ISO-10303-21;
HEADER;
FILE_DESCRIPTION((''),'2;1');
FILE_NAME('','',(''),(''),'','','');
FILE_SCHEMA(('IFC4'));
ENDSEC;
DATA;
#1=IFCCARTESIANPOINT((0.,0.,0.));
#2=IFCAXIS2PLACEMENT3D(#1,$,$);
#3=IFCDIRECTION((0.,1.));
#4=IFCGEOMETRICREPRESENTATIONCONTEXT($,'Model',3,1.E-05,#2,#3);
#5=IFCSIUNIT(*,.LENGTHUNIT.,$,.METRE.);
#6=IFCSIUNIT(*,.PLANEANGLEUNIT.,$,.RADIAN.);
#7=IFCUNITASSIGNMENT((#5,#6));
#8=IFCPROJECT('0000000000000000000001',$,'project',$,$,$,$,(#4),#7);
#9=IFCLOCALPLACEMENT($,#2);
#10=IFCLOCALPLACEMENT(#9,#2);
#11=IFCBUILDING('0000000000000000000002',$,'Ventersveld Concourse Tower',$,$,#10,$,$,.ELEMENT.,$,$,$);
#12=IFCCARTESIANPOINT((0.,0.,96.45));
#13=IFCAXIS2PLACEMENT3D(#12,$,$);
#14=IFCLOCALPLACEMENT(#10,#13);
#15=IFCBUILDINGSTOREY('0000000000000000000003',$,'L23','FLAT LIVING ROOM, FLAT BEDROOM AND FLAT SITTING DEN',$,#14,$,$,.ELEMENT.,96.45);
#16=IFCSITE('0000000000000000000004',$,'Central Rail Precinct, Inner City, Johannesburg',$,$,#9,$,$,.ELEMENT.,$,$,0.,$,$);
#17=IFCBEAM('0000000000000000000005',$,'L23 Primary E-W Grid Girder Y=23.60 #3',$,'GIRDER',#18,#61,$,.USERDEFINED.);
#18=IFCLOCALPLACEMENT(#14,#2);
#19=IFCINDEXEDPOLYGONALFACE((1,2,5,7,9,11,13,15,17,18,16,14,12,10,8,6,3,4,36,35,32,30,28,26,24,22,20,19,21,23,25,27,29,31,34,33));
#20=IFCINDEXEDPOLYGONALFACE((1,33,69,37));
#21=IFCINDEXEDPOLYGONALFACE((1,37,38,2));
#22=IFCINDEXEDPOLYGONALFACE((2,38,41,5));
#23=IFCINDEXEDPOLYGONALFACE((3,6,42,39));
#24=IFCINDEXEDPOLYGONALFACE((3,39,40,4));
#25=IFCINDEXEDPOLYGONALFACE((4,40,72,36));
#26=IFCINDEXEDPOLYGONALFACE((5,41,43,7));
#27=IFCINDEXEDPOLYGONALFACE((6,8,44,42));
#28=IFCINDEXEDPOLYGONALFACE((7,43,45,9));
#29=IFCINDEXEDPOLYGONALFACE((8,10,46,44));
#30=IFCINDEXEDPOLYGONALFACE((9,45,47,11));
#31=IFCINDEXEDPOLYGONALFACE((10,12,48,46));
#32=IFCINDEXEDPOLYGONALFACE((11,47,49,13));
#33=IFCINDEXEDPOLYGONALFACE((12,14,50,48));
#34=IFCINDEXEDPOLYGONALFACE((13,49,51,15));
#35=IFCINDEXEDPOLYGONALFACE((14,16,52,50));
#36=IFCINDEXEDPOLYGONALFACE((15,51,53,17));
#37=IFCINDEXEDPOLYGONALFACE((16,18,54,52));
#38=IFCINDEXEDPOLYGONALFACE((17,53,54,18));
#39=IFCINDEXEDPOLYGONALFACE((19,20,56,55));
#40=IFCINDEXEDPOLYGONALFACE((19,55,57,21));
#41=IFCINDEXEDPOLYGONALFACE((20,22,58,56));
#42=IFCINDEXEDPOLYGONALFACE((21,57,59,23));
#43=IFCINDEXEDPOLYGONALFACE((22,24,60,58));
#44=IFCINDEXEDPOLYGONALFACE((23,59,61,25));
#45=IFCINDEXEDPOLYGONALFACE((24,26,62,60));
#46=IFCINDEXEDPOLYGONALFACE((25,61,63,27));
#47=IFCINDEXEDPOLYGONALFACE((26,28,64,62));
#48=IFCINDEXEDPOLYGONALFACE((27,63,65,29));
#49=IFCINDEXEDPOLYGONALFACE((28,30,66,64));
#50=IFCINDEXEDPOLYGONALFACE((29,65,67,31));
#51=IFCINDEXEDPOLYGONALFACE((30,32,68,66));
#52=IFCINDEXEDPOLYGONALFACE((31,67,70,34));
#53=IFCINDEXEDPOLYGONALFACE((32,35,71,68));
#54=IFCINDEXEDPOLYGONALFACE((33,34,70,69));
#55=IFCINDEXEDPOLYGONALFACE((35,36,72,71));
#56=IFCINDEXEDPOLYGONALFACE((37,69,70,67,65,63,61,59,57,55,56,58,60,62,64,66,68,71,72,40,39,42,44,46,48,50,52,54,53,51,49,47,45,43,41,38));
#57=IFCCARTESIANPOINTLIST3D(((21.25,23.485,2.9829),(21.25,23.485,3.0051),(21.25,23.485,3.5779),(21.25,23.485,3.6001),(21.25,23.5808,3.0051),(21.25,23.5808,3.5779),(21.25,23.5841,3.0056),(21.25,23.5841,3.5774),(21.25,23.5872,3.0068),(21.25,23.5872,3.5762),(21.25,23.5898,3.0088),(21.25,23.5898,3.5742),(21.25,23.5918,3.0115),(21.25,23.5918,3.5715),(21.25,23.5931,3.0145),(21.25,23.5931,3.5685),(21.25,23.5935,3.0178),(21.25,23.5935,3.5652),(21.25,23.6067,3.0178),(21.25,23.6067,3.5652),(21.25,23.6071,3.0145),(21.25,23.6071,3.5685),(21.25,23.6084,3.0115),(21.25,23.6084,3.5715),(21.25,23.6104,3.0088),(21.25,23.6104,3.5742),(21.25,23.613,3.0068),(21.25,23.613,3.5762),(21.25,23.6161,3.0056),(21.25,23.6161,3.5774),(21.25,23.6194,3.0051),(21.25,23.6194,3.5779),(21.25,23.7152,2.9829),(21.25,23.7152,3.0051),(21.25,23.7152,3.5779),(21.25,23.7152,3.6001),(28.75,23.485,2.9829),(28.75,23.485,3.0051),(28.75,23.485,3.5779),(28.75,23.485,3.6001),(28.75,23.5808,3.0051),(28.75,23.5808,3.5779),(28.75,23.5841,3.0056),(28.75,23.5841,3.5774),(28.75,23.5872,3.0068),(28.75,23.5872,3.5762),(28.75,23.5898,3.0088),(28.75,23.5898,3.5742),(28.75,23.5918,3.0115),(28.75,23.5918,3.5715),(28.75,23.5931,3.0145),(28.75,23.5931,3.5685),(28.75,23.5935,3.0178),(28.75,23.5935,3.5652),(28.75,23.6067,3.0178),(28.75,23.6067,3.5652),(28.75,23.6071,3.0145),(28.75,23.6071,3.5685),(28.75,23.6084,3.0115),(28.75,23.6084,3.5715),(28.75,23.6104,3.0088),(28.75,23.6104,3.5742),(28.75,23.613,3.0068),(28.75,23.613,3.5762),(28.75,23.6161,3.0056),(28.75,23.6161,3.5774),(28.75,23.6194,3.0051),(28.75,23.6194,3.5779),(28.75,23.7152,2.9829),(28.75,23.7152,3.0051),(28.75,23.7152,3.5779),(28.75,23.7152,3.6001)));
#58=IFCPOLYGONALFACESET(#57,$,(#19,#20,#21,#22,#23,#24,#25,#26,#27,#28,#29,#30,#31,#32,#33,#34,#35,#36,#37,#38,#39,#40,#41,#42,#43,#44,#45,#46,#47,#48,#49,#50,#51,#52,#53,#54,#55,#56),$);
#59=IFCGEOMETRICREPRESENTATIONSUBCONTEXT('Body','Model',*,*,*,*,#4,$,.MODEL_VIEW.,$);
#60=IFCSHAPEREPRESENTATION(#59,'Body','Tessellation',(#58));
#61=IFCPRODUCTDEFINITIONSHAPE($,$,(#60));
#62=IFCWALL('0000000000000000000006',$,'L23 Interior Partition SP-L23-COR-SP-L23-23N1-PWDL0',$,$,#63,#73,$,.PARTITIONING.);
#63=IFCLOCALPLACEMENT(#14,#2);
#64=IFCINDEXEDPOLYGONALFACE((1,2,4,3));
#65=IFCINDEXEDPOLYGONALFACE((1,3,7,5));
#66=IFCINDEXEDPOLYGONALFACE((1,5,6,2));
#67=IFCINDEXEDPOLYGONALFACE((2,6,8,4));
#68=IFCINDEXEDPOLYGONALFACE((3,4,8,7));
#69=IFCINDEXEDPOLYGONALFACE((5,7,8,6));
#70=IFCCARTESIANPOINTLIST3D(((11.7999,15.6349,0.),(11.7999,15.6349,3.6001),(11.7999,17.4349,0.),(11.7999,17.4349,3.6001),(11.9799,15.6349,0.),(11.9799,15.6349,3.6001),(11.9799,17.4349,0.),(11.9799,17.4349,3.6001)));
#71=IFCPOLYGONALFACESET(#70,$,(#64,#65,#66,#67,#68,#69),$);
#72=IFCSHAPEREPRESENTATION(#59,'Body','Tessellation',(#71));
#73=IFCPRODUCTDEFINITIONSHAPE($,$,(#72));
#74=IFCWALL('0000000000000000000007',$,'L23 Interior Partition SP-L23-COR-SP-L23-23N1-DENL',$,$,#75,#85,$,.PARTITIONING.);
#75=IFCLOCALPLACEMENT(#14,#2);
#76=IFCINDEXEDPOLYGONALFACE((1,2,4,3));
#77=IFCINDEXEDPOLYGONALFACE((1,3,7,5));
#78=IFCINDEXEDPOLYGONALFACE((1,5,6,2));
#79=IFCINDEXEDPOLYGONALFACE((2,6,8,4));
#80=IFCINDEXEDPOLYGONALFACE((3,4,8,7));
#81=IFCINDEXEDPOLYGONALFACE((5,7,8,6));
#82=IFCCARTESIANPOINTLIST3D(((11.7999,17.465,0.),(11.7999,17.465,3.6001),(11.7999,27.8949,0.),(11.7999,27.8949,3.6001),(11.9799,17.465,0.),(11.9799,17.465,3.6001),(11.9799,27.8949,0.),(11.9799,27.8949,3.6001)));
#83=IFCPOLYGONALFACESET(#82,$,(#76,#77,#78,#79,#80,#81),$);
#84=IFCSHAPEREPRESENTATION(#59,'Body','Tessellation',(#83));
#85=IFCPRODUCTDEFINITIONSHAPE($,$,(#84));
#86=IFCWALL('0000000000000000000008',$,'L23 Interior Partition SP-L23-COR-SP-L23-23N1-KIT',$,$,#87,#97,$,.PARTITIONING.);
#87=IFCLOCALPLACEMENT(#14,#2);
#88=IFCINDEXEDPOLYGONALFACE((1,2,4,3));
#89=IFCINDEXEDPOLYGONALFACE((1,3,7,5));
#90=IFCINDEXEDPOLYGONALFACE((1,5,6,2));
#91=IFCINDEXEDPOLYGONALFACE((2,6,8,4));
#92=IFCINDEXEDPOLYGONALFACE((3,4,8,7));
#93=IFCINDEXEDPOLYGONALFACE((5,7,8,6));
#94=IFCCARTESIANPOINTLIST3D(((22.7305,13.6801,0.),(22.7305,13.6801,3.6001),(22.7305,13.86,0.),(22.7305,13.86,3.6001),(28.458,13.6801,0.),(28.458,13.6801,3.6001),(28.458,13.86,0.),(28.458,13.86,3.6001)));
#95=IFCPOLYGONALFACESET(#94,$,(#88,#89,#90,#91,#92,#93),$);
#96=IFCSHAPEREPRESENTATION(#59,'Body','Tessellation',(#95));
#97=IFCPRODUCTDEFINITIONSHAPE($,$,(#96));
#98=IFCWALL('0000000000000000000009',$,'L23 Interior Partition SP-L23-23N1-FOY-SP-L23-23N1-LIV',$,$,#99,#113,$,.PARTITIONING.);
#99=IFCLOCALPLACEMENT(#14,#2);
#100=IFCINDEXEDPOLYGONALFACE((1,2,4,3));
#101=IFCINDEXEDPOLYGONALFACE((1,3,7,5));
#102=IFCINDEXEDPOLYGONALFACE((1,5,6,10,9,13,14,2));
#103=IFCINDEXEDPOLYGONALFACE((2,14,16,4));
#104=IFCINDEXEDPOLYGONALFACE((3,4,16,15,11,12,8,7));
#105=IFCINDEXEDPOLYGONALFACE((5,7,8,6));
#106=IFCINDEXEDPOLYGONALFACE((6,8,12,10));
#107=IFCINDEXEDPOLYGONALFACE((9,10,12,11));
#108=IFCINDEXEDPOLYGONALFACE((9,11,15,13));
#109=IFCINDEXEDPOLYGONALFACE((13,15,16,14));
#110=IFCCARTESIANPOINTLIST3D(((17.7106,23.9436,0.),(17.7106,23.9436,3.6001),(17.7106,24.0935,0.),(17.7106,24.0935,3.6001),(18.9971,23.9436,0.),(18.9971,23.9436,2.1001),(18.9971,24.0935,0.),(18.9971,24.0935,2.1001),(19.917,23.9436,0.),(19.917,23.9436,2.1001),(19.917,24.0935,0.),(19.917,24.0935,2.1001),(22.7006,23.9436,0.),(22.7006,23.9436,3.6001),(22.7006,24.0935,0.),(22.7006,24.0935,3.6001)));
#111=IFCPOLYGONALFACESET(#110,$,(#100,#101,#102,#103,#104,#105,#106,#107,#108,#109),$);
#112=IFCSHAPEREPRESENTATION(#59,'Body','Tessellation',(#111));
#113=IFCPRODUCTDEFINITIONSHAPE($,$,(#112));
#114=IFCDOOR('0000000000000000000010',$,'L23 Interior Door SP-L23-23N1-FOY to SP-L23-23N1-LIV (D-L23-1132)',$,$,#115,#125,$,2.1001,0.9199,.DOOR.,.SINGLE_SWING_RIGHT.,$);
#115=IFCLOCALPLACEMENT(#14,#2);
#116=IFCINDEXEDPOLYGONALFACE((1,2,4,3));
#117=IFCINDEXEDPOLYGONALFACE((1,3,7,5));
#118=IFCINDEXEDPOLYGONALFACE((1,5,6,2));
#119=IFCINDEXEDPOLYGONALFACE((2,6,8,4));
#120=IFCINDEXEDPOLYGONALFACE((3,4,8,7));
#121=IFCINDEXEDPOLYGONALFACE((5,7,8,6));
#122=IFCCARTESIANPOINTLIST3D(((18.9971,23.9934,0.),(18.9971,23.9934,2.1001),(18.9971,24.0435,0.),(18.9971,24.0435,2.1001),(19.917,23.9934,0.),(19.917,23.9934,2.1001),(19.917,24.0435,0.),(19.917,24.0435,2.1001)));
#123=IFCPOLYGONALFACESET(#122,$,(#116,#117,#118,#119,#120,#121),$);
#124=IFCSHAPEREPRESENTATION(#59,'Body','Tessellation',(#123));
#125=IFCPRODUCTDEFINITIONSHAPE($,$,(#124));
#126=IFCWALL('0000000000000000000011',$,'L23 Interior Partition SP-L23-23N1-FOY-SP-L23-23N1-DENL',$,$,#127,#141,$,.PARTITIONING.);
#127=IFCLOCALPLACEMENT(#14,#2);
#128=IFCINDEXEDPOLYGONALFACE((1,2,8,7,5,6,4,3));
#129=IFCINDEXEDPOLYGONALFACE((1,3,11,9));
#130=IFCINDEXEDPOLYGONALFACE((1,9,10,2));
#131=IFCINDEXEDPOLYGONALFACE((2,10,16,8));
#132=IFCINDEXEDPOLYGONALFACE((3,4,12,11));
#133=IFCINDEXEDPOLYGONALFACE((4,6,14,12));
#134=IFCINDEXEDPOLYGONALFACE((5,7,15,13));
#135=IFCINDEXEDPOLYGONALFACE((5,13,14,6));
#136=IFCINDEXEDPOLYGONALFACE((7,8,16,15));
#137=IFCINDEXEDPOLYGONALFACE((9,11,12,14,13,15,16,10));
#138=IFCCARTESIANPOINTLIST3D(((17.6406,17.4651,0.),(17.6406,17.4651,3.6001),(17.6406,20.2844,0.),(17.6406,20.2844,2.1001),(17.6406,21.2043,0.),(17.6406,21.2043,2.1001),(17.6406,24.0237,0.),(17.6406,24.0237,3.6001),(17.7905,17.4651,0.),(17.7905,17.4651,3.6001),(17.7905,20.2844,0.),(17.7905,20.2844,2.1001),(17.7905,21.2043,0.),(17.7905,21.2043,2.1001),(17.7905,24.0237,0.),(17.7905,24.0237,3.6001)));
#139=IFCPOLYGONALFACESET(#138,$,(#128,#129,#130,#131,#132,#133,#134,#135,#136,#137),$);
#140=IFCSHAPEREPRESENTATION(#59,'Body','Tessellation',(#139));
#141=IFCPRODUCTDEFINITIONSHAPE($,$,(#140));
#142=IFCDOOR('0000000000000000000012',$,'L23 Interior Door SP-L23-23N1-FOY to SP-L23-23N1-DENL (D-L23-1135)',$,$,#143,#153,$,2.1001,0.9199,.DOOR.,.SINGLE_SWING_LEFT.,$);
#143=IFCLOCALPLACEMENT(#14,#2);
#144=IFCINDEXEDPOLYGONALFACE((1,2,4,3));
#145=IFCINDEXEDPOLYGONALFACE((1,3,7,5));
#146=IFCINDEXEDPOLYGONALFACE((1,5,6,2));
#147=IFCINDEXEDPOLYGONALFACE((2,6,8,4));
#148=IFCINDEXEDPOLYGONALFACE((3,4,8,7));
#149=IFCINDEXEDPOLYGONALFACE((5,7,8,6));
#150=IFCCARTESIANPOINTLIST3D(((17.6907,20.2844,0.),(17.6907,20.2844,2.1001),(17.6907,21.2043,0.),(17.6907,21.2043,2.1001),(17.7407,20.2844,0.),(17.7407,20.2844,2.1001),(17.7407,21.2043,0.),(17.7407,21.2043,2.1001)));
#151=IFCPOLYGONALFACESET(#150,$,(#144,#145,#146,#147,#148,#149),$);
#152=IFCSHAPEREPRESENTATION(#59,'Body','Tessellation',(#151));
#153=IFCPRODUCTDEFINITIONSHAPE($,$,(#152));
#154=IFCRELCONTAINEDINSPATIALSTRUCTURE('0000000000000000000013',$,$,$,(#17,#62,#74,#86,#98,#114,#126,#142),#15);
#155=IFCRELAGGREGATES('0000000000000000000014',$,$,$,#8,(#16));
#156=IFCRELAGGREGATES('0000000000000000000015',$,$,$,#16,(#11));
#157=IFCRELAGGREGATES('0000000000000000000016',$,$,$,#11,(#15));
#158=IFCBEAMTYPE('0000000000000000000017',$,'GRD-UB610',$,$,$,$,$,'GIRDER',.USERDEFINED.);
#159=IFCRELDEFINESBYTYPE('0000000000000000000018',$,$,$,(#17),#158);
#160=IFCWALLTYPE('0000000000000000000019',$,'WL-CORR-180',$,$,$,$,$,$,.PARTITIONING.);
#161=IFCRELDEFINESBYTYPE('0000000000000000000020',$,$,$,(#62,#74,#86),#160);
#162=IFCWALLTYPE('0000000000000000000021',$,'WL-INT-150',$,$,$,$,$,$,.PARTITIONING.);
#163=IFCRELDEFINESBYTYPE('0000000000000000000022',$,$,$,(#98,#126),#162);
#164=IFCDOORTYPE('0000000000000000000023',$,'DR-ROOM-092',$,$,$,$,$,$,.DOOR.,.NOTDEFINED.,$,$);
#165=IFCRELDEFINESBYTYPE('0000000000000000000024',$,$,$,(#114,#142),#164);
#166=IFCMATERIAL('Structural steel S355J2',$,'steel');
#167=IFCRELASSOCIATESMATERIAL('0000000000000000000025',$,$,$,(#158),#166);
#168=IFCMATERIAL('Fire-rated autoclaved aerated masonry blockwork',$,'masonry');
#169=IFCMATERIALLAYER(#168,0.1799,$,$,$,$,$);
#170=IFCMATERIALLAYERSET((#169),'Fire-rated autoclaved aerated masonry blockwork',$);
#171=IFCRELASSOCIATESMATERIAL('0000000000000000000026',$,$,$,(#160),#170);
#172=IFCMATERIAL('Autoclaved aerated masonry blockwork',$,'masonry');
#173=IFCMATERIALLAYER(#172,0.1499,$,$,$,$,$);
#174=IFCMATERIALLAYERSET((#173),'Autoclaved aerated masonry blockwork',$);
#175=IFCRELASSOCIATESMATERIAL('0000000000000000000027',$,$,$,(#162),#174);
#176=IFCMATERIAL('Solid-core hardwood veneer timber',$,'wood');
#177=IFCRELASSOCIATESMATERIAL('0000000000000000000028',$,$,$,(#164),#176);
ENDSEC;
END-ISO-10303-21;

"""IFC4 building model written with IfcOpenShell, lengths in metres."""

from ifc_helpers import new_model, si_unit, direction, frame, frame_2d, origin, origin_2d, place, context, subcontext, project, spatial, rectangle, i_section, extrude, material, layer, layer_set, material_profile, profile_set, type_object, element, fill, save


model = new_model("IFC4")

# Units and contexts
model_context = context("Model", 3, precision=1e-05, world=origin(), true_north=direction((0.0, 1.0)))
body_context = subcontext(model_context, "Body", "Model", "MODEL_VIEW")
ifc_project = project(units=[si_unit("LENGTHUNIT", "METRE"), si_unit("PLANEANGLEUNIT", "RADIAN")], contexts=[model_context])

# Site, building, storey
site_placement = place(None, origin())
site = spatial("IfcSite", under=ifc_project, at=site_placement, Name="Central Rail Precinct, Inner City, Johannesburg", CompositionType="ELEMENT", RefElevation=0.0)
building_placement = place(site_placement, origin())
building = spatial("IfcBuilding", under=site, at=building_placement, Name="Ventersveld Concourse Tower", CompositionType="ELEMENT")
storey_placement = place(building_placement, frame((0.0, 0.0, 96.45)))
storey = spatial("IfcBuildingStorey", under=building, at=storey_placement, Name="L23", Description="FLAT LIVING ROOM, FLAT BEDROOM AND FLAT SITTING DEN", CompositionType="ELEMENT", Elevation=96.45)

# Beam
ifc_material_1 = material(Name="Structural steel S355J2", Category="steel")
ifc_material_profile_1 = material_profile(ifc_material_1, i_section(OverallWidth=0.2302, OverallDepth=0.6172, WebThickness=0.0132, FlangeThickness=0.0222, FilletRadius=0.0127, at=origin_2d()), Name="UB 610x229x140")
ifc_profile_set_1 = profile_set([ifc_material_profile_1], Name="Structural steel S355J2")
beam_type_1 = type_object("IfcBeamType", Name="GRD-UB610", ElementType="GIRDER", PredefinedType="USERDEFINED", material=ifc_profile_set_1)
for number, where, z_axis, x_axis, name in (
    (1, (21.25, 23.6001, 3.2915), (1.0, 0.0, 0.0), (0.0, 1.0, 0.0), "L23 Primary E-W Grid Girder Y=23.60 #3"),
):
    element("IfcBeam", number, at=place(storey_placement, frame(where, z_axis=z_axis, x_axis=x_axis)), inside=storey, type_object=beam_type_1, Name=name, ObjectType="GIRDER", PredefinedType="USERDEFINED", context=body_context, shape_type="SweptSolid", body=[
        extrude(i_section(OverallWidth=0.2302, OverallDepth=0.6172, WebThickness=0.0132, FlangeThickness=0.0222, FilletRadius=0.0127, at=origin_2d()), origin(), (0.0, 0.0, 1.0), 7.5),
    ])

# Shared definitions
ifc_material_2 = material(Name="Fire-rated autoclaved aerated masonry blockwork", Category="masonry")
ifc_layer_1 = layer(ifc_material_2, 0.1799)
ifc_layer_set_1 = layer_set([ifc_layer_1], Name="Fire-rated autoclaved aerated masonry blockwork")
wall_type_1 = type_object("IfcWallType", Name="WL-CORR-180", PredefinedType="PARTITIONING", material=ifc_layer_set_1)
ifc_material_3 = material(Name="Solid-core hardwood veneer timber", Category="wood")

# Walls
wall_1_placement = place(storey_placement, frame((11.8899, 15.635, 0.0), z_axis=(0.0, 0.0, 1.0), x_axis=(0.0, 1.0, 0.0)))
element("IfcWall", 2, at=wall_1_placement, inside=storey, type_object=wall_type_1, Name="L23 Interior Partition SP-L23-COR-SP-L23-23N1-PWDL0", PredefinedType="PARTITIONING", context=body_context, shape_type="SweptSolid", body=[
    extrude(rectangle(XDim=1.8, YDim=0.1799, at=frame_2d((0.8999, 0.0))), origin(), (0.0, 0.0, 1.0), 3.6001),
])
wall_2_placement = place(storey_placement, frame((11.8899, 17.4651, 0.0), z_axis=(0.0, 0.0, 1.0), x_axis=(0.0, 1.0, 0.0)))
element("IfcWall", 3, at=wall_2_placement, inside=storey, type_object=wall_type_1, Name="L23 Interior Partition SP-L23-COR-SP-L23-23N1-DENL", PredefinedType="PARTITIONING", context=body_context, shape_type="SweptSolid", body=[
    extrude(rectangle(XDim=10.4299, YDim=0.1799, at=frame_2d((5.2148, 0.0))), origin(), (0.0, 0.0, 1.0), 3.6001),
])
wall_3_placement = place(storey_placement, frame((22.7305, 13.77, 0.0), z_axis=(0.0, 0.0, 1.0), x_axis=(1.0, 0.0, 0.0)))
element("IfcWall", 4, at=wall_3_placement, inside=storey, type_object=wall_type_1, Name="L23 Interior Partition SP-L23-COR-SP-L23-23N1-KIT", PredefinedType="PARTITIONING", context=body_context, shape_type="SweptSolid", body=[
    extrude(rectangle(XDim=5.7275, YDim=0.1799, at=frame_2d((2.8638, 0.0))), origin(), (0.0, 0.0, 1.0), 3.6001),
])

# Walls, openings, doors
ifc_material_4 = material(Name="Autoclaved aerated masonry blockwork", Category="masonry")
ifc_layer_2 = layer(ifc_material_4, 0.1499)
ifc_layer_set_2 = layer_set([ifc_layer_2], Name="Autoclaved aerated masonry blockwork")
wall_type_2 = type_object("IfcWallType", Name="WL-INT-150", PredefinedType="PARTITIONING", material=ifc_layer_set_2)
wall_4_placement = place(storey_placement, frame((17.7104, 24.0186, 0.0), z_axis=(0.0, 0.0, 1.0), x_axis=(1.0, 0.0, 0.0)))
wall_4 = element("IfcWall", 5, at=wall_4_placement, inside=storey, type_object=wall_type_2, Name="L23 Interior Partition SP-L23-23N1-FOY-SP-L23-23N1-LIV", PredefinedType="PARTITIONING", context=body_context, shape_type="SweptSolid", body=[
    extrude(rectangle(XDim=4.99, YDim=0.1499, at=frame_2d((2.4951, 0.0))), origin(), (0.0, 0.0, 1.0), 3.6001),
])
opening_1_placement = place(wall_4_placement, frame((1.2866, 0.0, 0.0)))
opening_1 = element("IfcOpeningElement", 6, at=opening_1_placement, cuts=wall_4, PredefinedType="OPENING", context=body_context, shape_type="SweptSolid", body=[
    extrude(rectangle(XDim=0.9199, YDim=2.1001, at=frame_2d((0.46, 1.05))), frame((0.0, 0.085, 0.0), z_axis=(0.0, -1.0, 0.0), x_axis=(1.0, 0.0, 0.0)), (0.0, 0.0, 1.0), 0.1699),
])
door_type_1 = type_object("IfcDoorType", Name="DR-ROOM-092", OperationType="NOTDEFINED", PredefinedType="DOOR", material=ifc_material_3)
door_1_placement = place(opening_1_placement, origin())
door_1 = element("IfcDoor", 7, at=door_1_placement, inside=storey, type_object=door_type_1, Name="L23 Interior Door SP-L23-23N1-FOY to SP-L23-23N1-LIV (D-L23-1132)", OperationType="SINGLE_SWING_RIGHT", OverallHeight=2.1001, OverallWidth=0.9199, PredefinedType="DOOR", context=body_context, shape_type="SweptSolid", body=[
    extrude(rectangle(XDim=0.9199, YDim=2.1001, at=frame_2d((0.46, 1.05))), frame((0.0, 0.0249, 0.0), z_axis=(0.0, -1.0, 0.0), x_axis=(1.0, 0.0, 0.0)), (0.0, 0.0, 1.0), 0.05),
])
fill(opening_1, door_1)
wall_5_placement = place(storey_placement, frame((17.7156, 17.4651, 0.0), z_axis=(0.0, 0.0, 1.0), x_axis=(0.0, 1.0, 0.0)))
wall_5 = element("IfcWall", 8, at=wall_5_placement, inside=storey, type_object=wall_type_2, Name="L23 Interior Partition SP-L23-23N1-FOY-SP-L23-23N1-DENL", PredefinedType="PARTITIONING", context=body_context, shape_type="SweptSolid", body=[
    extrude(rectangle(XDim=6.5586, YDim=0.1499, at=frame_2d((3.2793, 0.0))), origin(), (0.0, 0.0, 1.0), 3.6001),
])
opening_2_placement = place(wall_5_placement, frame((2.8193, 0.0, 0.0)))
opening_2 = element("IfcOpeningElement", 9, at=opening_2_placement, cuts=wall_5, PredefinedType="OPENING", context=body_context, shape_type="SweptSolid", body=[
    extrude(rectangle(XDim=0.9199, YDim=2.1001, at=frame_2d((0.46, 1.05))), frame((0.0, 0.085, 0.0), z_axis=(0.0, -1.0, 0.0), x_axis=(1.0, 0.0, 0.0)), (0.0, 0.0, 1.0), 0.1699),
])
door_2_placement = place(opening_2_placement, origin())
door_2 = element("IfcDoor", 10, at=door_2_placement, inside=storey, type_object=door_type_1, Name="L23 Interior Door SP-L23-23N1-FOY to SP-L23-23N1-DENL (D-L23-1135)", OperationType="SINGLE_SWING_LEFT", OverallHeight=2.1001, OverallWidth=0.9199, PredefinedType="DOOR", context=body_context, shape_type="SweptSolid", body=[
    extrude(rectangle(XDim=0.9199, YDim=2.1001, at=frame_2d((0.46, 1.05))), frame((0.0, 0.0249, 0.0), z_axis=(0.0, -1.0, 0.0), x_axis=(1.0, 0.0, 0.0)), (0.0, 0.0, 1.0), 0.05),
])
fill(opening_2, door_2)

save(model, "model.ifc")
